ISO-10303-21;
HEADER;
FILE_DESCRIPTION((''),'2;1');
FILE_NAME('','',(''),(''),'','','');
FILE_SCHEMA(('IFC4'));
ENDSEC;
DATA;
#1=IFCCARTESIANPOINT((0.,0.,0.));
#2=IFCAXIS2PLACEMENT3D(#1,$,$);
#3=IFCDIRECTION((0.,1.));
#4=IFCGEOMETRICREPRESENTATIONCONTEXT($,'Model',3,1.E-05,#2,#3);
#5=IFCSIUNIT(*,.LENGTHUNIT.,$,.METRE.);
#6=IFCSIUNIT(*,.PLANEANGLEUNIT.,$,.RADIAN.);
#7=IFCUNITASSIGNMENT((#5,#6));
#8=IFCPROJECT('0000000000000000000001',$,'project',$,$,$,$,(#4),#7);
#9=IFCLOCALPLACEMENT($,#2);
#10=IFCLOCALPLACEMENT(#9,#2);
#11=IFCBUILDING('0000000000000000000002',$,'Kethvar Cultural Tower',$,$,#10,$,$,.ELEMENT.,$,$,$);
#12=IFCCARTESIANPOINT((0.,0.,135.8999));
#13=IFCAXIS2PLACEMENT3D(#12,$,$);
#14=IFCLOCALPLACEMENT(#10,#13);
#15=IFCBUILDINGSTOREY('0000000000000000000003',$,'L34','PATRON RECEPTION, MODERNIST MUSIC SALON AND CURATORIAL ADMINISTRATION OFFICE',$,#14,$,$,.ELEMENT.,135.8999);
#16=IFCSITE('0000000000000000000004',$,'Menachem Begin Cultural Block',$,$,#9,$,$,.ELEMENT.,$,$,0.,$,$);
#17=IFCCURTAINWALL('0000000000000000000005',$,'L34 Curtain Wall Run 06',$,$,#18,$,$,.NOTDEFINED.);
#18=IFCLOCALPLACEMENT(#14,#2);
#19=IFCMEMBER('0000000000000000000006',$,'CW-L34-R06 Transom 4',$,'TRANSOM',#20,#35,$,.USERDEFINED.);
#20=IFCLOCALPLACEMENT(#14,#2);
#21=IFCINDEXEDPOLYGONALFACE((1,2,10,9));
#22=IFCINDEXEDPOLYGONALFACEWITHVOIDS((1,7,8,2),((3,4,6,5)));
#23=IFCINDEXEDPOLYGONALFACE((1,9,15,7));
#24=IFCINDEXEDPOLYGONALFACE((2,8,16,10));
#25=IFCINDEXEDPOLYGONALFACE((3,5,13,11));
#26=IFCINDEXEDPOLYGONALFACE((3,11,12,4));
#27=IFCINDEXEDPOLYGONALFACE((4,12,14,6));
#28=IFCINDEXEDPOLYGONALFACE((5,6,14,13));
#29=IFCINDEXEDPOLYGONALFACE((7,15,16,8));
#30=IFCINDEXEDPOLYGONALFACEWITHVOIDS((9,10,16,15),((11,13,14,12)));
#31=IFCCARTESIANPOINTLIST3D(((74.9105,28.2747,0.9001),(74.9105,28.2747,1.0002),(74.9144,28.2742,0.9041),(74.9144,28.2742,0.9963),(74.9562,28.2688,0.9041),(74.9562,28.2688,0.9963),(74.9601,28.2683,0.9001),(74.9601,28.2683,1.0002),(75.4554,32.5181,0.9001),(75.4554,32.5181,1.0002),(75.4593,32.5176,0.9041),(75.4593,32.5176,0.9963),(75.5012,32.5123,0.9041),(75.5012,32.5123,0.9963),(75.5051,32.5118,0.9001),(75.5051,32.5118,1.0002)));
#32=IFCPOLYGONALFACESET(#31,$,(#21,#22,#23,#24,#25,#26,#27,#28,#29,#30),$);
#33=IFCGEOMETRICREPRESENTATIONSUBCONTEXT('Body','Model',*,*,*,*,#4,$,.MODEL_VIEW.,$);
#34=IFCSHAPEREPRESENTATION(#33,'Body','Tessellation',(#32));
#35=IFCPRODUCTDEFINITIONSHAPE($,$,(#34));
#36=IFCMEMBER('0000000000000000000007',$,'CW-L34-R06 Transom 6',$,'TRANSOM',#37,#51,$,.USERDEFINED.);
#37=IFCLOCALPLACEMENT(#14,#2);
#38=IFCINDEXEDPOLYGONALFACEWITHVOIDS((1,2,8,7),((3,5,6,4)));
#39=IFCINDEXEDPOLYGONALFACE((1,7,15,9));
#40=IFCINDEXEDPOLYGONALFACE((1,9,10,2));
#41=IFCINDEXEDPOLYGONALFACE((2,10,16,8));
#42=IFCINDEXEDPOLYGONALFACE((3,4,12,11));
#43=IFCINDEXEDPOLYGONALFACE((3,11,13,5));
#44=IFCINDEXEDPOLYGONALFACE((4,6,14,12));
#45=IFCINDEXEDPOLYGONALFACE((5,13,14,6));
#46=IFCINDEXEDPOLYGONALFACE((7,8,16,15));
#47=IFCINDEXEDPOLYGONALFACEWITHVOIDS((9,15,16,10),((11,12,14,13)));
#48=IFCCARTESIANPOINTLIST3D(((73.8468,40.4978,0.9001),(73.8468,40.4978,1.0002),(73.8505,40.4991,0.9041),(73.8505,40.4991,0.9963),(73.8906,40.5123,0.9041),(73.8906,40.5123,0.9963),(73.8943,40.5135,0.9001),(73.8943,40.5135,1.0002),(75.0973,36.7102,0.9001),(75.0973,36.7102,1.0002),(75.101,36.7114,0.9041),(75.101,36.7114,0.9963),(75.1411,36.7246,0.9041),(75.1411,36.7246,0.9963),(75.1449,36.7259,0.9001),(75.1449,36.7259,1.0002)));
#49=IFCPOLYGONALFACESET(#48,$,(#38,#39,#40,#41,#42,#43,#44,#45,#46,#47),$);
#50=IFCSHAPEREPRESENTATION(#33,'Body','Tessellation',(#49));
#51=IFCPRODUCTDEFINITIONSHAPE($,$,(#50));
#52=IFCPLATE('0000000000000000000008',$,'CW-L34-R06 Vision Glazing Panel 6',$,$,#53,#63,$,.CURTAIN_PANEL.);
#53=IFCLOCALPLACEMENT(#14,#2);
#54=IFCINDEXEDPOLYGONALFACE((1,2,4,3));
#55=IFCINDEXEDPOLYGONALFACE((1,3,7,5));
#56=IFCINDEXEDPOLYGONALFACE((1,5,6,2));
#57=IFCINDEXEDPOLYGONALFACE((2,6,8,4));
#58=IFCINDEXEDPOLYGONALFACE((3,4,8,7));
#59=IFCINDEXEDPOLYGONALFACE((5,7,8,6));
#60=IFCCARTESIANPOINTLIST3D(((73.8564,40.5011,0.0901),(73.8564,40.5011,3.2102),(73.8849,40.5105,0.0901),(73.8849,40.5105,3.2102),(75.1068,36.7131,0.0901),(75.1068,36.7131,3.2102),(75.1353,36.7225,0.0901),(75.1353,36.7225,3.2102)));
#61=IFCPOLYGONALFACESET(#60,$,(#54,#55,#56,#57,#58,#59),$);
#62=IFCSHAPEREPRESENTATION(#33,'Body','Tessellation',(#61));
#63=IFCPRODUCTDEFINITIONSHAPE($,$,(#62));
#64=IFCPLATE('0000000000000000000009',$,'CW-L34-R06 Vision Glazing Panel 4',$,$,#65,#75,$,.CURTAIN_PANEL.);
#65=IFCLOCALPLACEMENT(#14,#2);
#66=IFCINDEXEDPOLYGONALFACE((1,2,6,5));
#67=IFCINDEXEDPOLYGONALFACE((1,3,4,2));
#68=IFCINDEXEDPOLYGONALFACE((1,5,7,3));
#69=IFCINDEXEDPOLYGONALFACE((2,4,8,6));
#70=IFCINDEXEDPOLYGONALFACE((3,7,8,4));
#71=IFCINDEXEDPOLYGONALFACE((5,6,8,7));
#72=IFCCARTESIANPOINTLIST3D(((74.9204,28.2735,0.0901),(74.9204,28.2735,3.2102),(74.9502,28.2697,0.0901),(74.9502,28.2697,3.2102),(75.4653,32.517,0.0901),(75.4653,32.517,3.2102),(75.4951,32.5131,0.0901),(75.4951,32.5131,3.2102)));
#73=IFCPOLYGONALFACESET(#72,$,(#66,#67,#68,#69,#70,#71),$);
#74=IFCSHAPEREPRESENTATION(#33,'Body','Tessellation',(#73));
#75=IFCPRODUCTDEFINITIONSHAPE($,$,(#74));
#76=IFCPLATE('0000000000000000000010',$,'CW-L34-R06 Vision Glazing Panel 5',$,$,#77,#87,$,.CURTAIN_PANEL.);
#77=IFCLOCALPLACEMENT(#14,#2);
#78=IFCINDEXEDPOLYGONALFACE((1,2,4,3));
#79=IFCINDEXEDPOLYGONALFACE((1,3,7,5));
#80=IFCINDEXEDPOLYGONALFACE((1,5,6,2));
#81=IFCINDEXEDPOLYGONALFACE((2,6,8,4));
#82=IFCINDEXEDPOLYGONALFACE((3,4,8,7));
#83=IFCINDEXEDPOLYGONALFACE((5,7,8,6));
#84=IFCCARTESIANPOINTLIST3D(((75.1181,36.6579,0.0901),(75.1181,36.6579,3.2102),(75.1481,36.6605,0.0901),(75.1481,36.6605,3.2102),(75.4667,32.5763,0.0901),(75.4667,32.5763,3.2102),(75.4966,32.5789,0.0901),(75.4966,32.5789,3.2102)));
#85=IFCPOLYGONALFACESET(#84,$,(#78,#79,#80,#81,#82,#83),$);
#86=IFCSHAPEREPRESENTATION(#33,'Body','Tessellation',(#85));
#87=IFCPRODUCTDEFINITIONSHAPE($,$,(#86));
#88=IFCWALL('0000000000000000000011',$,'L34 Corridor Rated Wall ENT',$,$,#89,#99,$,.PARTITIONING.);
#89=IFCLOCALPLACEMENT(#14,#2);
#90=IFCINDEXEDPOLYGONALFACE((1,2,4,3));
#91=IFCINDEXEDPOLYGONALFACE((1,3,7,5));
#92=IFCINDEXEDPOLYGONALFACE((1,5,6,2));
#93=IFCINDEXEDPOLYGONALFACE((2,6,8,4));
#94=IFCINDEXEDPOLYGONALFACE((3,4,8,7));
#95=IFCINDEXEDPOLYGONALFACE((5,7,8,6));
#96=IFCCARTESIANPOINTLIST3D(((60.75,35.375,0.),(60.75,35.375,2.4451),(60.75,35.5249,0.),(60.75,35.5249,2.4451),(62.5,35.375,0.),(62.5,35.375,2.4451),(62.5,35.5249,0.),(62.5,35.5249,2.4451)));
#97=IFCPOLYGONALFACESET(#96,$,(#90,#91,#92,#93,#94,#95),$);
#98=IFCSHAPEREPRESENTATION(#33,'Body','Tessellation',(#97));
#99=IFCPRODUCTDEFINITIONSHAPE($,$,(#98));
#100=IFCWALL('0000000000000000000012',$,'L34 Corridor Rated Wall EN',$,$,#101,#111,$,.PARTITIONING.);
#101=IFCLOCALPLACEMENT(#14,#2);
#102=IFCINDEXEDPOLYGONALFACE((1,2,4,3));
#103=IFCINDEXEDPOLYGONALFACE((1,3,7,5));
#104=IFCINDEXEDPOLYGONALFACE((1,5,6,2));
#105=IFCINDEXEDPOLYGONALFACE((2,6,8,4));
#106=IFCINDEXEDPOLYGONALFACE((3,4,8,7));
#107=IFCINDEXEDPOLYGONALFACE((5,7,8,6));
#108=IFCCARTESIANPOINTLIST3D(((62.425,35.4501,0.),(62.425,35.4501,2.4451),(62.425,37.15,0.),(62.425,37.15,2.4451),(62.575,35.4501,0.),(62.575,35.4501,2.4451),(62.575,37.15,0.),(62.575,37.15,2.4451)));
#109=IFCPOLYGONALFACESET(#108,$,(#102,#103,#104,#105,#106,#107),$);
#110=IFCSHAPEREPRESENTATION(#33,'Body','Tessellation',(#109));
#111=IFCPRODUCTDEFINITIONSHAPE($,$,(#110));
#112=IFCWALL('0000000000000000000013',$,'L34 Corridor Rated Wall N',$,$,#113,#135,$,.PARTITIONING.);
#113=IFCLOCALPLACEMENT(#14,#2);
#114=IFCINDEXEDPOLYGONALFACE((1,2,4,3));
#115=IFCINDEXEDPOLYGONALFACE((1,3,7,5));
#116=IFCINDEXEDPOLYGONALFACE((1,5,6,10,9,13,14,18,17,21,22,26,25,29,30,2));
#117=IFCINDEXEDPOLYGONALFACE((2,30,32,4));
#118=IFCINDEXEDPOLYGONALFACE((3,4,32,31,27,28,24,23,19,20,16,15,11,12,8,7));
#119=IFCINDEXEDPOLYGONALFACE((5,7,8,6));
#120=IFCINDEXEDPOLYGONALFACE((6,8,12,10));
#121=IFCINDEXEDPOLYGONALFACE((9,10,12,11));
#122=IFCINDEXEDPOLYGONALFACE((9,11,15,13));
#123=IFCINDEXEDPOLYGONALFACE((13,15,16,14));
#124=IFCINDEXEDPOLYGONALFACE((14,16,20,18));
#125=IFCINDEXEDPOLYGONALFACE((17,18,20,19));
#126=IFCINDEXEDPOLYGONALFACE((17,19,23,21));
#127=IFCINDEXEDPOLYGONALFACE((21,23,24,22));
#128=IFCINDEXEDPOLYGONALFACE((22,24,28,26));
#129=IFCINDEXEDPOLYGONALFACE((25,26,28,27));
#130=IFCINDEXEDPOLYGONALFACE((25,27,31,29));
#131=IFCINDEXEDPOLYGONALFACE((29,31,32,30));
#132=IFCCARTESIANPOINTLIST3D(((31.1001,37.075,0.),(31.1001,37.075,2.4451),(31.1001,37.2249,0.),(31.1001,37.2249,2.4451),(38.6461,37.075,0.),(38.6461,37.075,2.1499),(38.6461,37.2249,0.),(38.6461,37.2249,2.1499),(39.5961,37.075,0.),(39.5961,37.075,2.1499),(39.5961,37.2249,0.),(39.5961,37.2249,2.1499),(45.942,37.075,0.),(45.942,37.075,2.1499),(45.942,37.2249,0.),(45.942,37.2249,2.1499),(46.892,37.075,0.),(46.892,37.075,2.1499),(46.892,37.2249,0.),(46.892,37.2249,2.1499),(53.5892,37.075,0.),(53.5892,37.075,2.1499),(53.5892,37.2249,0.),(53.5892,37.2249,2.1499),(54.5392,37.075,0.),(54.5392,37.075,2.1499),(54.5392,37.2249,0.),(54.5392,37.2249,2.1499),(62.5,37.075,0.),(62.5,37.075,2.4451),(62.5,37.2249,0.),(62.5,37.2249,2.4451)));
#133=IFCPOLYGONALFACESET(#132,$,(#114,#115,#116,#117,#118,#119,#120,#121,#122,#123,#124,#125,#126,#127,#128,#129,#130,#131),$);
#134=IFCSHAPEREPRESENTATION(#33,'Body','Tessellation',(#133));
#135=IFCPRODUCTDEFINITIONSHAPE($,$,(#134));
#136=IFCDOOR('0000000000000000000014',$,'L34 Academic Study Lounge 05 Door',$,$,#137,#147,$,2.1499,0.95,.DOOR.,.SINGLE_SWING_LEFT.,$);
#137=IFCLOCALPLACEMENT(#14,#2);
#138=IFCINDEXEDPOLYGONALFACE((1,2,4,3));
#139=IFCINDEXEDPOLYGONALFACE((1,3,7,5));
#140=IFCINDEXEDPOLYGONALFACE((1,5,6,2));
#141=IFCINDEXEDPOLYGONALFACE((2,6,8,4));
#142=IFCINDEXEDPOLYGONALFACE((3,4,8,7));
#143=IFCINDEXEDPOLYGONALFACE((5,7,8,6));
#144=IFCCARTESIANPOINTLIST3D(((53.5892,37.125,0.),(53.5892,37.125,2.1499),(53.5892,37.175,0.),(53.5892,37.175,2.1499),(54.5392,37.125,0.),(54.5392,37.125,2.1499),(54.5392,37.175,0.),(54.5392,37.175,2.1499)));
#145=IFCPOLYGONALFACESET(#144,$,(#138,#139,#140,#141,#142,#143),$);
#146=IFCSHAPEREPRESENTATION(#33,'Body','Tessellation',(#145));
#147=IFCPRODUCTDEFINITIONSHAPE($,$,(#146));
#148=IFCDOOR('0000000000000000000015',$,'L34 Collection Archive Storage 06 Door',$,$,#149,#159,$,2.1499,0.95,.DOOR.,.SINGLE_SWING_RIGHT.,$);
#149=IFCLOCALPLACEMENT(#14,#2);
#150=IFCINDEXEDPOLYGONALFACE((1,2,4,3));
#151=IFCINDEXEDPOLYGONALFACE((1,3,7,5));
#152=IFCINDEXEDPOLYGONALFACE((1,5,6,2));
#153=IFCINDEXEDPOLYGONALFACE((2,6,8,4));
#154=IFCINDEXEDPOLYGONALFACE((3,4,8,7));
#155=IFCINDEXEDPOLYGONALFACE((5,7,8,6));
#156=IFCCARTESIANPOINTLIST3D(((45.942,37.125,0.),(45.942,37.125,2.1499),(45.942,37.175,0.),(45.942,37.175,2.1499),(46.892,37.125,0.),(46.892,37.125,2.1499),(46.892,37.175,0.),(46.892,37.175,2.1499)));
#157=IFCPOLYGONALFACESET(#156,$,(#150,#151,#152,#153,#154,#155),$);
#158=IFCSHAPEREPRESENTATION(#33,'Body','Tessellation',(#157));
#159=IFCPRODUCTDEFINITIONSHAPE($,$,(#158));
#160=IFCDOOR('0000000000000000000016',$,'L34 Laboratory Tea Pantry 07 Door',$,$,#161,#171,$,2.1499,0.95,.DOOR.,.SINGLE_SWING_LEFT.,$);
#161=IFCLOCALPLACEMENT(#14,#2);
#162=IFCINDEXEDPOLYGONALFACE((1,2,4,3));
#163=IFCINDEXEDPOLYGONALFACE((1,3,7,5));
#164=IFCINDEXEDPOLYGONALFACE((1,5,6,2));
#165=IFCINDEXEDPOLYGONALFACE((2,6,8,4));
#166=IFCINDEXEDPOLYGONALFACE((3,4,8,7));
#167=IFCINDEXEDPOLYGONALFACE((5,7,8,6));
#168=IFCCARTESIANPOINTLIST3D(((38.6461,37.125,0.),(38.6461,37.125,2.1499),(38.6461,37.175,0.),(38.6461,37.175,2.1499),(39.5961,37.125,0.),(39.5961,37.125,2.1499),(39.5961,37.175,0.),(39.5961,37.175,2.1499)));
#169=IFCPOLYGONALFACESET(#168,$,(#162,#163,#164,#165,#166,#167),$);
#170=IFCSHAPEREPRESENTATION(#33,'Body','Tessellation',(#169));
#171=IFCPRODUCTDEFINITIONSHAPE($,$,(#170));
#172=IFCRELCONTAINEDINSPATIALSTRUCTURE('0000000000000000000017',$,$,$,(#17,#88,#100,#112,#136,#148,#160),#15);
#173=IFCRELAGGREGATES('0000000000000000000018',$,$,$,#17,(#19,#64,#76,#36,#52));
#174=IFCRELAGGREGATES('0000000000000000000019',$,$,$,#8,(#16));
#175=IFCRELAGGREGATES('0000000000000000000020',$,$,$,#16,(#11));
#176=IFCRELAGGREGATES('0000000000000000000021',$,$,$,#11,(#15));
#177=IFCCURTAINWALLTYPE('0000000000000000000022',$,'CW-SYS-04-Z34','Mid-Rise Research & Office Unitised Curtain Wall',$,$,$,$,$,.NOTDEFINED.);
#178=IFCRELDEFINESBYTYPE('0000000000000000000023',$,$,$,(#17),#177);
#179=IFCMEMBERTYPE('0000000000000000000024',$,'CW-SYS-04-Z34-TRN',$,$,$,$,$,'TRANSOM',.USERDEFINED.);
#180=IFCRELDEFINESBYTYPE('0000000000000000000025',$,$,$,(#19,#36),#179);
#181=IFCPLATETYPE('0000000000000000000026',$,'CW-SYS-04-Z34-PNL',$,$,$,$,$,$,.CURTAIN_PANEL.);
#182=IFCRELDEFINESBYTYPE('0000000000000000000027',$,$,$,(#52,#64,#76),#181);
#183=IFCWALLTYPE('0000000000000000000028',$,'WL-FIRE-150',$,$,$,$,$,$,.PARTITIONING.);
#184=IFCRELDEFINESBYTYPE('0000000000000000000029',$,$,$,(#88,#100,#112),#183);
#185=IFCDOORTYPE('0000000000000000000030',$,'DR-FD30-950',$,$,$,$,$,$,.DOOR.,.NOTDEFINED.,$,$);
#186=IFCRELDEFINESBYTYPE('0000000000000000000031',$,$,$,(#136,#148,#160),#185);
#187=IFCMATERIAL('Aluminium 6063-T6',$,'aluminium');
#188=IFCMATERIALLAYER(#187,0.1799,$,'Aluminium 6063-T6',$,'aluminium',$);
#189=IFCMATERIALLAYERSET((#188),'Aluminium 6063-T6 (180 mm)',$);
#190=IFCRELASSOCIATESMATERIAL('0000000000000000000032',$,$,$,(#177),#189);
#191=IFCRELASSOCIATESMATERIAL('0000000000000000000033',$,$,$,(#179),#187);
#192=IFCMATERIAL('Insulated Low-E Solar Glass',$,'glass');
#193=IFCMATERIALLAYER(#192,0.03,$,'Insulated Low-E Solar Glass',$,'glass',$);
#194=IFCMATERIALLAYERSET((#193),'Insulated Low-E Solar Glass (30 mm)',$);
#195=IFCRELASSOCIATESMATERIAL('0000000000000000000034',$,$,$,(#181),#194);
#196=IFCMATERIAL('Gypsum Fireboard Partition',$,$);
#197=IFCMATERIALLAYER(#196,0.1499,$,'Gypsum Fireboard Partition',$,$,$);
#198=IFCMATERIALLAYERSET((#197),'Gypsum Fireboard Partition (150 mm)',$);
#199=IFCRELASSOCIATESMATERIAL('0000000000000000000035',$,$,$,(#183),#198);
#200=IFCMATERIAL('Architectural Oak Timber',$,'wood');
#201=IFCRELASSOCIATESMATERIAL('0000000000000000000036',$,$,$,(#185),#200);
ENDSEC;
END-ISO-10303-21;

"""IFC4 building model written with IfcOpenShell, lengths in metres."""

from ifc_helpers import new_model, si_unit, direction, frame, frame_2d, origin, origin_2d, place, context, subcontext, project, spatial, rectangle, hollow_rectangle, extrude, source, transform, mapped, material, layer, layer_set, material_profile, profile_set, type_object, element, fill, aggregate, save


model = new_model("IFC4")

# Units and contexts
model_context = context("Model", 3, precision=1e-05, world=origin(), true_north=direction((0.0, 1.0)))
body_context = subcontext(model_context, "Body", "Model", "MODEL_VIEW")
ifc_project = project(units=[si_unit("LENGTHUNIT", "METRE"), si_unit("PLANEANGLEUNIT", "RADIAN")], contexts=[model_context])

# Site, building, storey
site_placement = place(None, origin())
site = spatial("IfcSite", under=ifc_project, at=site_placement, Name="Menachem Begin Cultural Block", CompositionType="ELEMENT", RefElevation=0.0)
building_placement = place(site_placement, origin())
building = spatial("IfcBuilding", under=site, at=building_placement, Name="Kethvar Cultural Tower", CompositionType="ELEMENT")
storey_placement = place(building_placement, frame((0.0, 0.0, 135.8999)))
storey = spatial("IfcBuildingStorey", under=building, at=storey_placement, Name="L34", Description="PATRON RECEPTION, MODERNIST MUSIC SALON AND CURATORIAL ADMINISTRATION OFFICE", CompositionType="ELEMENT", Elevation=135.8999)

# Shared definitions
ifc_material_1 = material(Name="Aluminium 6063-T6", Category="aluminium")
ifc_layer_1 = layer(ifc_material_1, 0.1799, Name="Aluminium 6063-T6", Category="aluminium")
ifc_layer_set_1 = layer_set([ifc_layer_1], Name="Aluminium 6063-T6 (180 mm)")
curtain_wall_type = type_object("IfcCurtainWallType", Name="CW-SYS-04-Z34", Description="Mid-Rise Research & Office Unitised Curtain Wall", PredefinedType="NOTDEFINED", material=ifc_layer_set_1)

# Curtain wall
curtain_wall_1_placement = place(storey_placement, origin())
curtain_wall_1 = element("IfcCurtainWall", 1, at=curtain_wall_1_placement, inside=storey, type_object=curtain_wall_type, Name="L34 Curtain Wall Run 06", PredefinedType="NOTDEFINED")

# Members
ifc_material_profile_1 = material_profile(ifc_material_1, hollow_rectangle(XDim=0.05, YDim=0.1001, WallThickness=0.0039, at=origin_2d()), Name="Aluminium 6063-T6 — RHS100x50x4")
ifc_profile_set_1 = profile_set([ifc_material_profile_1], Name="Aluminium 6063-T6 — RHS100x50x4")
member_type_1 = type_object("IfcMemberType", Name="CW-SYS-04-Z34-TRN", ElementType="TRANSOM", PredefinedType="USERDEFINED", material=ifc_profile_set_1)
shared_shape_1 = source(origin(), body_context, "Body", "SweptSolid", [
    extrude(hollow_rectangle(XDim=0.05, YDim=0.1001, WallThickness=0.0039, at=origin_2d()), origin(), (0.0, 0.0, 1.0), 4.2783),
])
member_1_placement = place(storey_placement, frame((74.9353, 28.2715, 0.9502), z_axis=(0.12737, 0.991855, 0.0), x_axis=(-0.991855, 0.12737, 0.0)))
member_1 = element("IfcMember", 2, at=member_1_placement, type_object=member_type_1, Name="CW-L34-R06 Transom 4", ObjectType="TRANSOM", PredefinedType="USERDEFINED", context=body_context, shape_type="MappedRepresentation", body=[
    mapped(shared_shape_1, transform((0.0, 0.0, 0.0), scale=1.0)),
])
shared_shape_2 = source(origin(), body_context, "Body", "SweptSolid", [
    extrude(hollow_rectangle(XDim=0.05, YDim=0.1001, WallThickness=0.0039, at=origin_2d()), origin(), (0.0, 0.0, 1.0), 3.9888),
])
member_2_placement = place(storey_placement, frame((75.1211, 36.718, 0.9502), z_axis=(-0.313509, 0.949585, 0.0), x_axis=(-0.949585, -0.313509, 0.0)))
member_2 = element("IfcMember", 3, at=member_2_placement, type_object=member_type_1, Name="CW-L34-R06 Transom 6", ObjectType="TRANSOM", PredefinedType="USERDEFINED", context=body_context, shape_type="MappedRepresentation", body=[
    mapped(shared_shape_2, transform((0.0, 0.0, 0.0), scale=1.0)),
])

# Plates
ifc_material_2 = material(Name="Insulated Low-E Solar Glass", Category="glass")
ifc_layer_2 = layer(ifc_material_2, 0.03, Name="Insulated Low-E Solar Glass", Category="glass")
ifc_layer_set_2 = layer_set([ifc_layer_2], Name="Insulated Low-E Solar Glass (30 mm)")
plate_type = type_object("IfcPlateType", Name="CW-SYS-04-Z34-PNL", PredefinedType="CURTAIN_PANEL", material=ifc_layer_set_2)
shared_shape_3 = source(origin(), body_context, "Body", "SweptSolid", [
    extrude(rectangle(XDim=3.989, YDim=0.03, at=origin_2d()), origin(), (0.0, 0.0, 1.0), 3.1201),
])
plate_1_placement = place(storey_placement, frame((74.4958, 38.6118, 0.0901), z_axis=(0.0, 0.0, 1.0), x_axis=(-0.313479, 0.949595, 0.0)))
plate_1 = element("IfcPlate", 4, at=plate_1_placement, type_object=plate_type, Name="CW-L34-R06 Vision Glazing Panel 6", PredefinedType="CURTAIN_PANEL", context=body_context, shape_type="MappedRepresentation", body=[
    mapped(shared_shape_3, transform((0.0, 0.0, 0.0), scale=1.0)),
])
shared_shape_4 = source(origin(), body_context, "Body", "SweptSolid", [
    extrude(rectangle(XDim=4.2783, YDim=0.03, at=origin_2d()), origin(), (0.0, 0.0, 1.0), 3.1201),
])
plate_2_placement = place(storey_placement, frame((75.2078, 30.3933, 0.0901), z_axis=(0.0, 0.0, 1.0), x_axis=(0.127376, 0.991854, 0.0)))
plate_2 = element("IfcPlate", 5, at=plate_2_placement, type_object=plate_type, Name="CW-L34-R06 Vision Glazing Panel 4", PredefinedType="CURTAIN_PANEL", context=body_context, shape_type="MappedRepresentation", body=[
    mapped(shared_shape_4, transform((0.0, 0.0, 0.0), scale=1.0)),
])
shared_shape_5 = source(origin(), body_context, "Body", "SweptSolid", [
    extrude(rectangle(XDim=4.0964, YDim=0.03, at=origin_2d()), origin(), (0.0, 0.0, 1.0), 3.1201),
])
plate_3_placement = place(storey_placement, frame((75.3074, 34.6184, 0.0901), z_axis=(0.0, 0.0, 1.0), x_axis=(-0.085087, 0.996374, 0.0)))
plate_3 = element("IfcPlate", 6, at=plate_3_placement, type_object=plate_type, Name="CW-L34-R06 Vision Glazing Panel 5", PredefinedType="CURTAIN_PANEL", context=body_context, shape_type="MappedRepresentation", body=[
    mapped(shared_shape_5, transform((0.0, 0.0, 0.0), scale=1.0)),
])
aggregate(curtain_wall_1, [member_1, plate_2, plate_3, member_2, plate_1])

# Walls
ifc_material_3 = material(Name="Gypsum Fireboard Partition")
ifc_layer_3 = layer(ifc_material_3, 0.1499, Name="Gypsum Fireboard Partition")
ifc_layer_set_3 = layer_set([ifc_layer_3], Name="Gypsum Fireboard Partition (150 mm)")
wall_type = type_object("IfcWallType", Name="WL-FIRE-150", PredefinedType="PARTITIONING", material=ifc_layer_set_3)
wall_1_placement = place(storey_placement, frame((60.75, 35.45, 0.0), z_axis=(0.0, 0.0, 1.0), x_axis=(1.0, 0.0, 0.0)))
element("IfcWall", 7, at=wall_1_placement, inside=storey, type_object=wall_type, Name="L34 Corridor Rated Wall ENT", PredefinedType="PARTITIONING", context=body_context, shape_type="SweptSolid", body=[
    extrude(rectangle(XDim=1.75, YDim=0.1499, at=frame_2d((0.875, 0.0))), origin(), (0.0, 0.0, 1.0), 2.4451),
])
wall_2_placement = place(storey_placement, frame((62.5, 35.45, 0.0), z_axis=(0.0, 0.0, 1.0), x_axis=(0.0, 1.0, 0.0)))
element("IfcWall", 8, at=wall_2_placement, inside=storey, type_object=wall_type, Name="L34 Corridor Rated Wall EN", PredefinedType="PARTITIONING", context=body_context, shape_type="SweptSolid", body=[
    extrude(rectangle(XDim=1.7, YDim=0.1499, at=frame_2d((0.8501, 0.0))), origin(), (0.0, 0.0, 1.0), 2.4451),
])

# Wall, openings, doors
wall_3_placement = place(storey_placement, frame((62.5, 37.1499, 0.0), z_axis=(0.0, 0.0, 1.0), x_axis=(-1.0, 0.0, 0.0)))
wall_3 = element("IfcWall", 9, at=wall_3_placement, inside=storey, type_object=wall_type, Name="L34 Corridor Rated Wall N", PredefinedType="PARTITIONING", context=body_context, shape_type="SweptSolid", body=[
    extrude(rectangle(XDim=31.3999, YDim=0.1499, at=frame_2d((15.7, 0.0))), origin(), (0.0, 0.0, 1.0), 2.4451),
])
opening_1_placement = place(wall_3_placement, frame((7.9607, 0.0, 0.0)))
opening_1 = element("IfcOpeningElement", 10, at=opening_1_placement, cuts=wall_3, PredefinedType="OPENING", context=body_context, shape_type="SweptSolid", body=[
    extrude(rectangle(XDim=0.95, YDim=2.1499, at=frame_2d((0.4751, 1.075))), frame((0.0, 0.085, 0.0), z_axis=(0.0, -1.0, 0.0), x_axis=(1.0, 0.0, 0.0)), (0.0, 0.0, 1.0), 0.1699),
])
opening_2_placement = place(wall_3_placement, frame((15.6079, 0.0, 0.0)))
opening_2 = element("IfcOpeningElement", 11, at=opening_2_placement, cuts=wall_3, PredefinedType="OPENING", context=body_context, shape_type="SweptSolid", body=[
    extrude(rectangle(XDim=0.95, YDim=2.1499, at=frame_2d((0.4751, 1.075))), frame((0.0, 0.085, 0.0), z_axis=(0.0, -1.0, 0.0), x_axis=(1.0, 0.0, 0.0)), (0.0, 0.0, 1.0), 0.1699),
])
opening_3_placement = place(wall_3_placement, frame((22.9038, 0.0, 0.0)))
opening_3 = element("IfcOpeningElement", 12, at=opening_3_placement, cuts=wall_3, PredefinedType="OPENING", context=body_context, shape_type="SweptSolid", body=[
    extrude(rectangle(XDim=0.95, YDim=2.1499, at=frame_2d((0.4751, 1.075))), frame((0.0, 0.085, 0.0), z_axis=(0.0, -1.0, 0.0), x_axis=(1.0, 0.0, 0.0)), (0.0, 0.0, 1.0), 0.1699),
])
ifc_material_4 = material(Name="Architectural Oak Timber", Category="wood")
door_type = type_object("IfcDoorType", Name="DR-FD30-950", OperationType="NOTDEFINED", PredefinedType="DOOR", material=ifc_material_4)
shared_shape_6 = source(origin(), body_context, "Body", "SweptSolid", [
    extrude(rectangle(XDim=0.95, YDim=2.1499, at=frame_2d((0.4751, 1.075))), frame((0.0, 0.0249, 0.0), z_axis=(0.0, -1.0, 0.0), x_axis=(1.0, 0.0, 0.0)), (0.0, 0.0, 1.0), 0.05),
])
door_1_placement = place(opening_1_placement, origin())
door_1 = element("IfcDoor", 13, at=door_1_placement, inside=storey, type_object=door_type, Name="L34 Academic Study Lounge 05 Door", OperationType="SINGLE_SWING_LEFT", OverallHeight=2.1499, OverallWidth=0.95, PredefinedType="DOOR", context=body_context, shape_type="MappedRepresentation", body=[
    mapped(shared_shape_6, transform((0.0, 0.0, 0.0), scale=1.0)),
])
fill(opening_1, door_1)
door_2_placement = place(opening_2_placement, origin())
door_2 = element("IfcDoor", 14, at=door_2_placement, inside=storey, type_object=door_type, Name="L34 Collection Archive Storage 06 Door", OperationType="SINGLE_SWING_RIGHT", OverallHeight=2.1499, OverallWidth=0.95, PredefinedType="DOOR", context=body_context, shape_type="MappedRepresentation", body=[
    mapped(shared_shape_6, transform((0.0, 0.0, 0.0), scale=1.0)),
])
fill(opening_2, door_2)
door_3_placement = place(opening_3_placement, origin())
door_3 = element("IfcDoor", 15, at=door_3_placement, inside=storey, type_object=door_type, Name="L34 Laboratory Tea Pantry 07 Door", OperationType="SINGLE_SWING_LEFT", OverallHeight=2.1499, OverallWidth=0.95, PredefinedType="DOOR", context=body_context, shape_type="MappedRepresentation", body=[
    mapped(shared_shape_6, transform((0.0, 0.0, 0.0), scale=1.0)),
])
fill(opening_3, door_3)

save(model, "model.ifc")
